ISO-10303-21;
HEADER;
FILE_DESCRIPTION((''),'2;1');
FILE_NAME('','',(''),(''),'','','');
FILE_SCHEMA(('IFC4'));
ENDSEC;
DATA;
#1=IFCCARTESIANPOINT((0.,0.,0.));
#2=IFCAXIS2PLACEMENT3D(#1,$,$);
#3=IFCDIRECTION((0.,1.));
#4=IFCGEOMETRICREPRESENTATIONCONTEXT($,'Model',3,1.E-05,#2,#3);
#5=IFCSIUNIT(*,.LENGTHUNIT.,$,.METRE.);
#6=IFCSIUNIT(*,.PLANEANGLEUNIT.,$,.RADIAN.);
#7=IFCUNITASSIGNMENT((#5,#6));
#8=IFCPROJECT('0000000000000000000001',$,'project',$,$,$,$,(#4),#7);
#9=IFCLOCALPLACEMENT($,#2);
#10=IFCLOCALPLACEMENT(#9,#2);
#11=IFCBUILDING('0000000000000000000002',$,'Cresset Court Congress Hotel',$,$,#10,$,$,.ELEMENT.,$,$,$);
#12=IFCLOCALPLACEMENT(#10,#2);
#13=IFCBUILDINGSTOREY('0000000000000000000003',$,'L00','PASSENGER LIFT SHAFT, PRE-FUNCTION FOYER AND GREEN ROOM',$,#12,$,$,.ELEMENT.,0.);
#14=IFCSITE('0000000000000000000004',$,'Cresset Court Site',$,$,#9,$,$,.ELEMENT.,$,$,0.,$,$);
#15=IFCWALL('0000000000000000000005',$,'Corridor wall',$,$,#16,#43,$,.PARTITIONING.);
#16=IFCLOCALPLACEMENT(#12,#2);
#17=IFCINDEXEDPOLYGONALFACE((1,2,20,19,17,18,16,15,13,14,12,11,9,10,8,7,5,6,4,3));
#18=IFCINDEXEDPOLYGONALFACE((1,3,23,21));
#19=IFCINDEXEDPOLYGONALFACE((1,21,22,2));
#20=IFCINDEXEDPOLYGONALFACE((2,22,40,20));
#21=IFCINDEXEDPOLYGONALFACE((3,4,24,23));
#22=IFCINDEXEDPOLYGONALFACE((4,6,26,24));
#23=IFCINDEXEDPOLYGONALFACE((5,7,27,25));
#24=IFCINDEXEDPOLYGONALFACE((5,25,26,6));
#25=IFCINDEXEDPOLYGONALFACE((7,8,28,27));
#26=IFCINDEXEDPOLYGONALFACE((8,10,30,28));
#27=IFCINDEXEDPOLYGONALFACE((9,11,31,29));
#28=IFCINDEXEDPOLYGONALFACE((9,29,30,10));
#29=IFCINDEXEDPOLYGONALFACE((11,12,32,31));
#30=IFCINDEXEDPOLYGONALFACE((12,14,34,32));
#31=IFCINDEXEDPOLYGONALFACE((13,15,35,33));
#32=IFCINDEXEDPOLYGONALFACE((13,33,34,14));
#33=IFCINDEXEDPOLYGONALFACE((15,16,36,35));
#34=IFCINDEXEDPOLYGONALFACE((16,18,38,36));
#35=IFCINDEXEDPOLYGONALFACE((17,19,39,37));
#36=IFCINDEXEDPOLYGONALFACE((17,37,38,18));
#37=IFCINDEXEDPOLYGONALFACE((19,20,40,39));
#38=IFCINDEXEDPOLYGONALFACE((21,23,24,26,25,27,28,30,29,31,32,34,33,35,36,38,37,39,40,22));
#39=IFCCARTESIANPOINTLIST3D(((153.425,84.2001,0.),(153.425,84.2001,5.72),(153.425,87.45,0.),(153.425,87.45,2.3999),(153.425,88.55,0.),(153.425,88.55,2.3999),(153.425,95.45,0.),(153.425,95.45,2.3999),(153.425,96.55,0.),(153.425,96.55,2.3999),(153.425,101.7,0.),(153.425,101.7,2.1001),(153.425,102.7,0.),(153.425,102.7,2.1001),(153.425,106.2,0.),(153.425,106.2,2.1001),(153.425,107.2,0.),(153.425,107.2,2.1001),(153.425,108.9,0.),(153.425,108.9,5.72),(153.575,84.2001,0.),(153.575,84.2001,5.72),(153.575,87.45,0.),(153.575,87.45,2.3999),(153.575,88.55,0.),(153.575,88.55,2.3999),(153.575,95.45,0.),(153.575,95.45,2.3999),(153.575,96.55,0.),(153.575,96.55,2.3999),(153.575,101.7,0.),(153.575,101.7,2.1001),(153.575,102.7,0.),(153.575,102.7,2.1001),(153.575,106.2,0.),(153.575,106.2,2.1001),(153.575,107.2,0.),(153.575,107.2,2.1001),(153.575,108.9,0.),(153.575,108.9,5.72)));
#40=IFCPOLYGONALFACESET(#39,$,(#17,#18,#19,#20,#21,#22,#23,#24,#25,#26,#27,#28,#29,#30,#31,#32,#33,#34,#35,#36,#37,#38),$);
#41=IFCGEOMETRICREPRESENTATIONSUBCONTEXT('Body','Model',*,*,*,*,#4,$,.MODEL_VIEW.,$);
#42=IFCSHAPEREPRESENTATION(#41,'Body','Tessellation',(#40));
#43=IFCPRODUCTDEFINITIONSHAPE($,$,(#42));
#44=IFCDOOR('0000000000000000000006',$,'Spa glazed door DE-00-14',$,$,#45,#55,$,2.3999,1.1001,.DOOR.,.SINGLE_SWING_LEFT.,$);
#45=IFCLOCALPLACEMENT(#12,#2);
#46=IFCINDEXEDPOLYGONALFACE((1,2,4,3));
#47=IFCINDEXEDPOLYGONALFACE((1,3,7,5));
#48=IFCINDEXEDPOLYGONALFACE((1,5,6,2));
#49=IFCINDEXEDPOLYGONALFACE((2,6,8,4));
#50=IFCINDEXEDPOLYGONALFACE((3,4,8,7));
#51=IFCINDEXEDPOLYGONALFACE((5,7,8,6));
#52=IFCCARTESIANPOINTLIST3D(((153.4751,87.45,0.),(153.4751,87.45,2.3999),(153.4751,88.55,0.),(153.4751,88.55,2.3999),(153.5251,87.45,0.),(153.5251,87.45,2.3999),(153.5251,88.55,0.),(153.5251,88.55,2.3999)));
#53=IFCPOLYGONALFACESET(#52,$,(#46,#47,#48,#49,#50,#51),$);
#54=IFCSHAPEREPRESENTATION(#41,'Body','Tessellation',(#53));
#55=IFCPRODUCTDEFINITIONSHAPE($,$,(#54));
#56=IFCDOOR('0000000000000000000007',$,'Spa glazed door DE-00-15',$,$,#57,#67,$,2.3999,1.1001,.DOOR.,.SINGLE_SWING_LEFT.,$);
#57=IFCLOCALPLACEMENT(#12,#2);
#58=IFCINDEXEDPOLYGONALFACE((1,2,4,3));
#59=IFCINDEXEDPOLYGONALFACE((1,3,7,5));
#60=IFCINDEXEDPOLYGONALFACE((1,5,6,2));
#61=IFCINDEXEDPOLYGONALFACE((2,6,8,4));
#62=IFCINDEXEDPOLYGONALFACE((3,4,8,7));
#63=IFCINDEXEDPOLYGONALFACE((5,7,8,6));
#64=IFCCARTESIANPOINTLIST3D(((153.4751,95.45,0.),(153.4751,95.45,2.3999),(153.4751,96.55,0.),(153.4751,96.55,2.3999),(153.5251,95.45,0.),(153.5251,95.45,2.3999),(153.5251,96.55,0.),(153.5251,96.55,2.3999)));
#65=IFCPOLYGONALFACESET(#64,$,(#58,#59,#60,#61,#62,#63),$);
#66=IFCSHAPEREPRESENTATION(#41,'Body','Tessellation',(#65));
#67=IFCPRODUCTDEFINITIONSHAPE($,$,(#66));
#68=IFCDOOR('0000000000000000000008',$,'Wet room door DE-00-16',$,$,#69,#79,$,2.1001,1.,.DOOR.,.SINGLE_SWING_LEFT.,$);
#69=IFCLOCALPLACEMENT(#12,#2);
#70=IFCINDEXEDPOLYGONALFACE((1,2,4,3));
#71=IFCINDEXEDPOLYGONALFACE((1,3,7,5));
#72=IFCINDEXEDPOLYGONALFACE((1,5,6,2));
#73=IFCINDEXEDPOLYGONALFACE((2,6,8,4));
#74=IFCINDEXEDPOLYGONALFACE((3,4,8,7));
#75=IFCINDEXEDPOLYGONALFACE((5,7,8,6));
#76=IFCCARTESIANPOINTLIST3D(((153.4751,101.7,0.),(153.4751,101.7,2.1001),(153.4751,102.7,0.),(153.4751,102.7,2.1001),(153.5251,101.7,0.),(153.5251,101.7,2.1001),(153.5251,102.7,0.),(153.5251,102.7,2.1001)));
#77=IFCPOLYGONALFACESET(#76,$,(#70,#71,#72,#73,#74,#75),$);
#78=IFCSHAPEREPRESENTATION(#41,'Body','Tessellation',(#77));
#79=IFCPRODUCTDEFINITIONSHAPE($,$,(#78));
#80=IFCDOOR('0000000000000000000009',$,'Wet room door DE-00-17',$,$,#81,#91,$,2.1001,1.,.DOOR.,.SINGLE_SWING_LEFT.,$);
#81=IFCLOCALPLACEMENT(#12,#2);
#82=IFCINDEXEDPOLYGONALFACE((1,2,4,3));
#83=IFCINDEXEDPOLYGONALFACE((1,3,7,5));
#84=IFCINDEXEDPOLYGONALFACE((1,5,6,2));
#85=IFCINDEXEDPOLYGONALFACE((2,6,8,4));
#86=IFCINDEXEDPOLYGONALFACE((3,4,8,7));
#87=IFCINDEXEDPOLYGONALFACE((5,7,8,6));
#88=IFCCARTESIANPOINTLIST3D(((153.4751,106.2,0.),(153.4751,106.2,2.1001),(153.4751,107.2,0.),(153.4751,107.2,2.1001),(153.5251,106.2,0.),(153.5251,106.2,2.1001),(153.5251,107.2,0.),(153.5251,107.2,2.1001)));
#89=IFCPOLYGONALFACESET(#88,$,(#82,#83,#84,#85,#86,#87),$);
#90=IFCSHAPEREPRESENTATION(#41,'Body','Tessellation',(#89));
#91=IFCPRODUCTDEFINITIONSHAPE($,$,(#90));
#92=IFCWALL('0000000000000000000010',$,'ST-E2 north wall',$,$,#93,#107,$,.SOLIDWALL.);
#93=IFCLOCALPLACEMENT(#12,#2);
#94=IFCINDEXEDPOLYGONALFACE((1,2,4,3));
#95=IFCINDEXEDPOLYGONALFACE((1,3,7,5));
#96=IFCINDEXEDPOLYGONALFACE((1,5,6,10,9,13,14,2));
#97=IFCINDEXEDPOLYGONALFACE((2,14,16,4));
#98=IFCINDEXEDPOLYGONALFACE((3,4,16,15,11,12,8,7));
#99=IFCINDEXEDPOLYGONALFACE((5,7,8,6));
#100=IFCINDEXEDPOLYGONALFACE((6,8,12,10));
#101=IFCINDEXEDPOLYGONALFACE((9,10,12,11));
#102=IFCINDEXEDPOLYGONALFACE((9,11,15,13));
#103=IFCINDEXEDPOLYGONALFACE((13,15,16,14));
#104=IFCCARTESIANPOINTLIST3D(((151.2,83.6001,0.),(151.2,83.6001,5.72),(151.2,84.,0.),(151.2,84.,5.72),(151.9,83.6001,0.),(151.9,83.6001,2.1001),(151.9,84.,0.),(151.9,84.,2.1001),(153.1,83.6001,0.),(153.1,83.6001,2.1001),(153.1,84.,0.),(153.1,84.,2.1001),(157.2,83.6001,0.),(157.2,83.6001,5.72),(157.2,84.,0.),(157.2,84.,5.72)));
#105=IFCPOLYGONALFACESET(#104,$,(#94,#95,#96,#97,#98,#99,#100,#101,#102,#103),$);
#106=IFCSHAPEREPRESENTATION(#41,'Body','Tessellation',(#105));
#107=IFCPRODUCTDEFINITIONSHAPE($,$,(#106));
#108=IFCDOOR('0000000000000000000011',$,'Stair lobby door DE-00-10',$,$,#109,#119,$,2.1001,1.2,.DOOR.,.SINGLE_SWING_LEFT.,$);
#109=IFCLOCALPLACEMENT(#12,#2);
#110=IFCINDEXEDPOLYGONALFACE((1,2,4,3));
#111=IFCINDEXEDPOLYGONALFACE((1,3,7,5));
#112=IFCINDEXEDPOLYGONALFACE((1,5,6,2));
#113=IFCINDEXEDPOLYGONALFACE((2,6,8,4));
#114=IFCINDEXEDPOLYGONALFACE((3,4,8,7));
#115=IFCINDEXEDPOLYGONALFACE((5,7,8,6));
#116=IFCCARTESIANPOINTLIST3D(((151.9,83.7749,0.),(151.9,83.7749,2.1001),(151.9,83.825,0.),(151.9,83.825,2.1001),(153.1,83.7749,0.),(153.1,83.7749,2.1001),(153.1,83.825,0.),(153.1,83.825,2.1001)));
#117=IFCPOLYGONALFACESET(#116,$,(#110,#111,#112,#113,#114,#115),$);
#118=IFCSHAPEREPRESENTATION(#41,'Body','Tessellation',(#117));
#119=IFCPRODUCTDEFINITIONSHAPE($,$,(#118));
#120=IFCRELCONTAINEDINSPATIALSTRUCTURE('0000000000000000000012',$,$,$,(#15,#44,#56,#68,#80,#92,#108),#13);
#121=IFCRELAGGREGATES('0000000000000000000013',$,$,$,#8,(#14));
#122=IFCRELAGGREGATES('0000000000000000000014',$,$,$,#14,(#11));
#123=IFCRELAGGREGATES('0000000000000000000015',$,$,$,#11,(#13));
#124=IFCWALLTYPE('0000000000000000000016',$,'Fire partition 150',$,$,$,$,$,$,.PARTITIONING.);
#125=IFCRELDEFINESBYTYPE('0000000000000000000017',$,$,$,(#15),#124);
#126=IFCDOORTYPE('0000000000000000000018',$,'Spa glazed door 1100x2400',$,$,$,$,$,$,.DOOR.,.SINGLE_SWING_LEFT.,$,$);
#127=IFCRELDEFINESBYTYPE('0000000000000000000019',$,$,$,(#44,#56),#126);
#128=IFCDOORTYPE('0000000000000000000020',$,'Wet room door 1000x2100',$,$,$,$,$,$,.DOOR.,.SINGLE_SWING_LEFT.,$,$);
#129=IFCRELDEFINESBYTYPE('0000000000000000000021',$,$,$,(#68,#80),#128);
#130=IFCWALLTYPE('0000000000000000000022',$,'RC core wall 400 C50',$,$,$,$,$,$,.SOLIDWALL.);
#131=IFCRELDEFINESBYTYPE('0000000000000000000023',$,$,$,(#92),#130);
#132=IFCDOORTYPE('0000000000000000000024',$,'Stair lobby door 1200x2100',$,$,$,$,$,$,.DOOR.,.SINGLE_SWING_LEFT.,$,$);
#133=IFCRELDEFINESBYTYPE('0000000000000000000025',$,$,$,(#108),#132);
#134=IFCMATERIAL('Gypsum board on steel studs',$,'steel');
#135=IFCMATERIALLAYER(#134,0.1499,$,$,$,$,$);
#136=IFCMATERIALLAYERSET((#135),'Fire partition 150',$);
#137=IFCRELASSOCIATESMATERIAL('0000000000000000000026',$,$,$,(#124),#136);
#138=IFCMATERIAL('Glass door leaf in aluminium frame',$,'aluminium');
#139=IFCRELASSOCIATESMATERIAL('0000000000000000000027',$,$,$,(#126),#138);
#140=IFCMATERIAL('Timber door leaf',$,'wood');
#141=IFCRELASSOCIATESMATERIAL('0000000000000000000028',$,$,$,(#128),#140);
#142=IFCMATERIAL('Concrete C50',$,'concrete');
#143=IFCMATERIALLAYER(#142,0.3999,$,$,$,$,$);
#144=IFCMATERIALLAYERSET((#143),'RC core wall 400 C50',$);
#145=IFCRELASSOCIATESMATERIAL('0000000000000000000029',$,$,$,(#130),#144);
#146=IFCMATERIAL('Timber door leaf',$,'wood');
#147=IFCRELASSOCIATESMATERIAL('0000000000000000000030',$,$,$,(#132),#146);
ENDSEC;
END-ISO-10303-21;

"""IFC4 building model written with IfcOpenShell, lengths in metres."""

from ifc_helpers import new_model, si_unit, direction, frame, frame_2d, origin, place, context, subcontext, project, spatial, rectangle, extrude, material, layer, layer_set, type_object, element, fill, save


model = new_model("IFC4")

# Units and contexts
model_context = context("Model", 3, precision=1e-05, world=origin(), true_north=direction((0.0, 1.0)))
body_context = subcontext(model_context, "Body", "Model", "MODEL_VIEW")
ifc_project = project(units=[si_unit("LENGTHUNIT", "METRE"), si_unit("PLANEANGLEUNIT", "RADIAN")], contexts=[model_context])

# Site, building, storey
site_placement = place(None, origin())
site = spatial("IfcSite", under=ifc_project, at=site_placement, Name="Cresset Court Site", CompositionType="ELEMENT", RefElevation=0.0)
building_placement = place(site_placement, origin())
building = spatial("IfcBuilding", under=site, at=building_placement, Name="Cresset Court Congress Hotel", CompositionType="ELEMENT")
storey_placement = place(building_placement, origin())
storey = spatial("IfcBuildingStorey", under=building, at=storey_placement, Name="L00", Description="PASSENGER LIFT SHAFT, PRE-FUNCTION FOYER AND GREEN ROOM", CompositionType="ELEMENT", Elevation=0.0)

# Wall, openings, doors
ifc_material_1 = material(Name="Gypsum board on steel studs", Category="steel")
ifc_layer_1 = layer(ifc_material_1, 0.1499)
ifc_layer_set_1 = layer_set([ifc_layer_1], Name="Fire partition 150")
wall_type_1 = type_object("IfcWallType", Name="Fire partition 150", PredefinedType="PARTITIONING", material=ifc_layer_set_1)
wall_1_placement = place(storey_placement, frame((153.5, 84.2, 0.0), z_axis=(0.0, 0.0, 1.0), x_axis=(0.0, 1.0, 0.0)))
wall_1 = element("IfcWall", 1, at=wall_1_placement, inside=storey, type_object=wall_type_1, Name="Corridor wall", PredefinedType="PARTITIONING", context=body_context, shape_type="SweptSolid", body=[
    extrude(rectangle(XDim=24.7, YDim=0.1499, at=frame_2d((12.3501, 0.0))), origin(), (0.0, 0.0, 1.0), 5.72),
])
opening_1_placement = place(wall_1_placement, frame((3.25, 0.0, 0.0)))
opening_1 = element("IfcOpeningElement", 2, at=opening_1_placement, cuts=wall_1, PredefinedType="OPENING", context=body_context, shape_type="SweptSolid", body=[
    extrude(rectangle(XDim=1.1001, YDim=2.3999, at=frame_2d((0.55, 1.2))), frame((0.0, 0.085, 0.0), z_axis=(0.0, -1.0, 0.0), x_axis=(1.0, 0.0, 0.0)), (0.0, 0.0, 1.0), 0.1699),
])
opening_2_placement = place(wall_1_placement, frame((11.25, 0.0, 0.0)))
opening_2 = element("IfcOpeningElement", 3, at=opening_2_placement, cuts=wall_1, PredefinedType="OPENING", context=body_context, shape_type="SweptSolid", body=[
    extrude(rectangle(XDim=1.1001, YDim=2.3999, at=frame_2d((0.55, 1.2))), frame((0.0, 0.085, 0.0), z_axis=(0.0, -1.0, 0.0), x_axis=(1.0, 0.0, 0.0)), (0.0, 0.0, 1.0), 0.1699),
])
opening_3_placement = place(wall_1_placement, frame((17.5, 0.0, 0.0)))
opening_3 = element("IfcOpeningElement", 4, at=opening_3_placement, cuts=wall_1, PredefinedType="OPENING", context=body_context, shape_type="SweptSolid", body=[
    extrude(rectangle(XDim=1.0, YDim=2.1001, at=frame_2d((0.5, 1.05))), frame((0.0, 0.085, 0.0), z_axis=(0.0, -1.0, 0.0), x_axis=(1.0, 0.0, 0.0)), (0.0, 0.0, 1.0), 0.1699),
])
opening_4_placement = place(wall_1_placement, frame((22.0, 0.0, 0.0)))
opening_4 = element("IfcOpeningElement", 5, at=opening_4_placement, cuts=wall_1, PredefinedType="OPENING", context=body_context, shape_type="SweptSolid", body=[
    extrude(rectangle(XDim=1.0, YDim=2.1001, at=frame_2d((0.5, 1.05))), frame((0.0, 0.085, 0.0), z_axis=(0.0, -1.0, 0.0), x_axis=(1.0, 0.0, 0.0)), (0.0, 0.0, 1.0), 0.1699),
])
ifc_material_2 = material(Name="Glass door leaf in aluminium frame", Category="aluminium")
door_type_1 = type_object("IfcDoorType", Name="Spa glazed door 1100x2400", OperationType="SINGLE_SWING_LEFT", PredefinedType="DOOR", material=ifc_material_2)
door_1_placement = place(opening_1_placement, origin())
door_1 = element("IfcDoor", 6, at=door_1_placement, inside=storey, type_object=door_type_1, Name="Spa glazed door DE-00-14", OperationType="SINGLE_SWING_LEFT", OverallHeight=2.3999, OverallWidth=1.1001, PredefinedType="DOOR", context=body_context, shape_type="SweptSolid", body=[
    extrude(rectangle(XDim=1.1001, YDim=2.3999, at=frame_2d((0.55, 1.2))), frame((0.0, 0.0249, 0.0), z_axis=(0.0, -1.0, 0.0), x_axis=(1.0, 0.0, 0.0)), (0.0, 0.0, 1.0), 0.05),
])
fill(opening_1, door_1)
door_2_placement = place(opening_2_placement, origin())
door_2 = element("IfcDoor", 7, at=door_2_placement, inside=storey, type_object=door_type_1, Name="Spa glazed door DE-00-15", OperationType="SINGLE_SWING_LEFT", OverallHeight=2.3999, OverallWidth=1.1001, PredefinedType="DOOR", context=body_context, shape_type="SweptSolid", body=[
    extrude(rectangle(XDim=1.1001, YDim=2.3999, at=frame_2d((0.55, 1.2))), frame((0.0, 0.0249, 0.0), z_axis=(0.0, -1.0, 0.0), x_axis=(1.0, 0.0, 0.0)), (0.0, 0.0, 1.0), 0.05),
])
fill(opening_2, door_2)
ifc_material_3 = material(Name="Timber door leaf", Category="wood")
door_type_2 = type_object("IfcDoorType", Name="Wet room door 1000x2100", OperationType="SINGLE_SWING_LEFT", PredefinedType="DOOR", material=ifc_material_3)
door_3_placement = place(opening_3_placement, origin())
door_3 = element("IfcDoor", 8, at=door_3_placement, inside=storey, type_object=door_type_2, Name="Wet room door DE-00-16", OperationType="SINGLE_SWING_LEFT", OverallHeight=2.1001, OverallWidth=1.0, PredefinedType="DOOR", context=body_context, shape_type="SweptSolid", body=[
    extrude(rectangle(XDim=1.0, YDim=2.1001, at=frame_2d((0.5, 1.05))), frame((0.0, 0.0249, 0.0), z_axis=(0.0, -1.0, 0.0), x_axis=(1.0, 0.0, 0.0)), (0.0, 0.0, 1.0), 0.05),
])
fill(opening_3, door_3)
door_4_placement = place(opening_4_placement, origin())
door_4 = element("IfcDoor", 9, at=door_4_placement, inside=storey, type_object=door_type_2, Name="Wet room door DE-00-17", OperationType="SINGLE_SWING_LEFT", OverallHeight=2.1001, OverallWidth=1.0, PredefinedType="DOOR", context=body_context, shape_type="SweptSolid", body=[
    extrude(rectangle(XDim=1.0, YDim=2.1001, at=frame_2d((0.5, 1.05))), frame((0.0, 0.0249, 0.0), z_axis=(0.0, -1.0, 0.0), x_axis=(1.0, 0.0, 0.0)), (0.0, 0.0, 1.0), 0.05),
])
fill(opening_4, door_4)

# Wall, opening, door
ifc_material_4 = material(Name="Concrete C50", Category="concrete")
ifc_layer_2 = layer(ifc_material_4, 0.3999)
ifc_layer_set_2 = layer_set([ifc_layer_2], Name="RC core wall 400 C50")
wall_type_2 = type_object("IfcWallType", Name="RC core wall 400 C50", PredefinedType="SOLIDWALL", material=ifc_layer_set_2)
wall_2_placement = place(storey_placement, frame((151.2, 83.8, 0.0), z_axis=(0.0, 0.0, 1.0), x_axis=(1.0, 0.0, 0.0)))
wall_2 = element("IfcWall", 10, at=wall_2_placement, inside=storey, type_object=wall_type_2, Name="ST-E2 north wall", PredefinedType="SOLIDWALL", context=body_context, shape_type="SweptSolid", body=[
    extrude(rectangle(XDim=6.0, YDim=0.3999, at=frame_2d((3.0, 0.0))), origin(), (0.0, 0.0, 1.0), 5.72),
])
opening_5_placement = place(wall_2_placement, frame((0.7, 0.0, 0.0)))
opening_5 = element("IfcOpeningElement", 11, at=opening_5_placement, cuts=wall_2, PredefinedType="OPENING", context=body_context, shape_type="SweptSolid", body=[
    extrude(rectangle(XDim=1.2, YDim=2.1001, at=frame_2d((0.6001, 1.05))), frame((0.0, 0.21, 0.0), z_axis=(0.0, -1.0, 0.0), x_axis=(1.0, 0.0, 0.0)), (0.0, 0.0, 1.0), 0.4199),
])
ifc_material_5 = material(Name="Timber door leaf", Category="wood")
door_type_3 = type_object("IfcDoorType", Name="Stair lobby door 1200x2100", OperationType="SINGLE_SWING_LEFT", PredefinedType="DOOR", material=ifc_material_5)
door_5_placement = place(opening_5_placement, origin())
door_5 = element("IfcDoor", 12, at=door_5_placement, inside=storey, type_object=door_type_3, Name="Stair lobby door DE-00-10", OperationType="SINGLE_SWING_LEFT", OverallHeight=2.1001, OverallWidth=1.2, PredefinedType="DOOR", context=body_context, shape_type="SweptSolid", body=[
    extrude(rectangle(XDim=1.2, YDim=2.1001, at=frame_2d((0.6001, 1.05))), frame((0.0, 0.0249, 0.0), z_axis=(0.0, -1.0, 0.0), x_axis=(1.0, 0.0, 0.0)), (0.0, 0.0, 1.0), 0.05),
])
fill(opening_5, door_5)

save(model, "model.ifc")
